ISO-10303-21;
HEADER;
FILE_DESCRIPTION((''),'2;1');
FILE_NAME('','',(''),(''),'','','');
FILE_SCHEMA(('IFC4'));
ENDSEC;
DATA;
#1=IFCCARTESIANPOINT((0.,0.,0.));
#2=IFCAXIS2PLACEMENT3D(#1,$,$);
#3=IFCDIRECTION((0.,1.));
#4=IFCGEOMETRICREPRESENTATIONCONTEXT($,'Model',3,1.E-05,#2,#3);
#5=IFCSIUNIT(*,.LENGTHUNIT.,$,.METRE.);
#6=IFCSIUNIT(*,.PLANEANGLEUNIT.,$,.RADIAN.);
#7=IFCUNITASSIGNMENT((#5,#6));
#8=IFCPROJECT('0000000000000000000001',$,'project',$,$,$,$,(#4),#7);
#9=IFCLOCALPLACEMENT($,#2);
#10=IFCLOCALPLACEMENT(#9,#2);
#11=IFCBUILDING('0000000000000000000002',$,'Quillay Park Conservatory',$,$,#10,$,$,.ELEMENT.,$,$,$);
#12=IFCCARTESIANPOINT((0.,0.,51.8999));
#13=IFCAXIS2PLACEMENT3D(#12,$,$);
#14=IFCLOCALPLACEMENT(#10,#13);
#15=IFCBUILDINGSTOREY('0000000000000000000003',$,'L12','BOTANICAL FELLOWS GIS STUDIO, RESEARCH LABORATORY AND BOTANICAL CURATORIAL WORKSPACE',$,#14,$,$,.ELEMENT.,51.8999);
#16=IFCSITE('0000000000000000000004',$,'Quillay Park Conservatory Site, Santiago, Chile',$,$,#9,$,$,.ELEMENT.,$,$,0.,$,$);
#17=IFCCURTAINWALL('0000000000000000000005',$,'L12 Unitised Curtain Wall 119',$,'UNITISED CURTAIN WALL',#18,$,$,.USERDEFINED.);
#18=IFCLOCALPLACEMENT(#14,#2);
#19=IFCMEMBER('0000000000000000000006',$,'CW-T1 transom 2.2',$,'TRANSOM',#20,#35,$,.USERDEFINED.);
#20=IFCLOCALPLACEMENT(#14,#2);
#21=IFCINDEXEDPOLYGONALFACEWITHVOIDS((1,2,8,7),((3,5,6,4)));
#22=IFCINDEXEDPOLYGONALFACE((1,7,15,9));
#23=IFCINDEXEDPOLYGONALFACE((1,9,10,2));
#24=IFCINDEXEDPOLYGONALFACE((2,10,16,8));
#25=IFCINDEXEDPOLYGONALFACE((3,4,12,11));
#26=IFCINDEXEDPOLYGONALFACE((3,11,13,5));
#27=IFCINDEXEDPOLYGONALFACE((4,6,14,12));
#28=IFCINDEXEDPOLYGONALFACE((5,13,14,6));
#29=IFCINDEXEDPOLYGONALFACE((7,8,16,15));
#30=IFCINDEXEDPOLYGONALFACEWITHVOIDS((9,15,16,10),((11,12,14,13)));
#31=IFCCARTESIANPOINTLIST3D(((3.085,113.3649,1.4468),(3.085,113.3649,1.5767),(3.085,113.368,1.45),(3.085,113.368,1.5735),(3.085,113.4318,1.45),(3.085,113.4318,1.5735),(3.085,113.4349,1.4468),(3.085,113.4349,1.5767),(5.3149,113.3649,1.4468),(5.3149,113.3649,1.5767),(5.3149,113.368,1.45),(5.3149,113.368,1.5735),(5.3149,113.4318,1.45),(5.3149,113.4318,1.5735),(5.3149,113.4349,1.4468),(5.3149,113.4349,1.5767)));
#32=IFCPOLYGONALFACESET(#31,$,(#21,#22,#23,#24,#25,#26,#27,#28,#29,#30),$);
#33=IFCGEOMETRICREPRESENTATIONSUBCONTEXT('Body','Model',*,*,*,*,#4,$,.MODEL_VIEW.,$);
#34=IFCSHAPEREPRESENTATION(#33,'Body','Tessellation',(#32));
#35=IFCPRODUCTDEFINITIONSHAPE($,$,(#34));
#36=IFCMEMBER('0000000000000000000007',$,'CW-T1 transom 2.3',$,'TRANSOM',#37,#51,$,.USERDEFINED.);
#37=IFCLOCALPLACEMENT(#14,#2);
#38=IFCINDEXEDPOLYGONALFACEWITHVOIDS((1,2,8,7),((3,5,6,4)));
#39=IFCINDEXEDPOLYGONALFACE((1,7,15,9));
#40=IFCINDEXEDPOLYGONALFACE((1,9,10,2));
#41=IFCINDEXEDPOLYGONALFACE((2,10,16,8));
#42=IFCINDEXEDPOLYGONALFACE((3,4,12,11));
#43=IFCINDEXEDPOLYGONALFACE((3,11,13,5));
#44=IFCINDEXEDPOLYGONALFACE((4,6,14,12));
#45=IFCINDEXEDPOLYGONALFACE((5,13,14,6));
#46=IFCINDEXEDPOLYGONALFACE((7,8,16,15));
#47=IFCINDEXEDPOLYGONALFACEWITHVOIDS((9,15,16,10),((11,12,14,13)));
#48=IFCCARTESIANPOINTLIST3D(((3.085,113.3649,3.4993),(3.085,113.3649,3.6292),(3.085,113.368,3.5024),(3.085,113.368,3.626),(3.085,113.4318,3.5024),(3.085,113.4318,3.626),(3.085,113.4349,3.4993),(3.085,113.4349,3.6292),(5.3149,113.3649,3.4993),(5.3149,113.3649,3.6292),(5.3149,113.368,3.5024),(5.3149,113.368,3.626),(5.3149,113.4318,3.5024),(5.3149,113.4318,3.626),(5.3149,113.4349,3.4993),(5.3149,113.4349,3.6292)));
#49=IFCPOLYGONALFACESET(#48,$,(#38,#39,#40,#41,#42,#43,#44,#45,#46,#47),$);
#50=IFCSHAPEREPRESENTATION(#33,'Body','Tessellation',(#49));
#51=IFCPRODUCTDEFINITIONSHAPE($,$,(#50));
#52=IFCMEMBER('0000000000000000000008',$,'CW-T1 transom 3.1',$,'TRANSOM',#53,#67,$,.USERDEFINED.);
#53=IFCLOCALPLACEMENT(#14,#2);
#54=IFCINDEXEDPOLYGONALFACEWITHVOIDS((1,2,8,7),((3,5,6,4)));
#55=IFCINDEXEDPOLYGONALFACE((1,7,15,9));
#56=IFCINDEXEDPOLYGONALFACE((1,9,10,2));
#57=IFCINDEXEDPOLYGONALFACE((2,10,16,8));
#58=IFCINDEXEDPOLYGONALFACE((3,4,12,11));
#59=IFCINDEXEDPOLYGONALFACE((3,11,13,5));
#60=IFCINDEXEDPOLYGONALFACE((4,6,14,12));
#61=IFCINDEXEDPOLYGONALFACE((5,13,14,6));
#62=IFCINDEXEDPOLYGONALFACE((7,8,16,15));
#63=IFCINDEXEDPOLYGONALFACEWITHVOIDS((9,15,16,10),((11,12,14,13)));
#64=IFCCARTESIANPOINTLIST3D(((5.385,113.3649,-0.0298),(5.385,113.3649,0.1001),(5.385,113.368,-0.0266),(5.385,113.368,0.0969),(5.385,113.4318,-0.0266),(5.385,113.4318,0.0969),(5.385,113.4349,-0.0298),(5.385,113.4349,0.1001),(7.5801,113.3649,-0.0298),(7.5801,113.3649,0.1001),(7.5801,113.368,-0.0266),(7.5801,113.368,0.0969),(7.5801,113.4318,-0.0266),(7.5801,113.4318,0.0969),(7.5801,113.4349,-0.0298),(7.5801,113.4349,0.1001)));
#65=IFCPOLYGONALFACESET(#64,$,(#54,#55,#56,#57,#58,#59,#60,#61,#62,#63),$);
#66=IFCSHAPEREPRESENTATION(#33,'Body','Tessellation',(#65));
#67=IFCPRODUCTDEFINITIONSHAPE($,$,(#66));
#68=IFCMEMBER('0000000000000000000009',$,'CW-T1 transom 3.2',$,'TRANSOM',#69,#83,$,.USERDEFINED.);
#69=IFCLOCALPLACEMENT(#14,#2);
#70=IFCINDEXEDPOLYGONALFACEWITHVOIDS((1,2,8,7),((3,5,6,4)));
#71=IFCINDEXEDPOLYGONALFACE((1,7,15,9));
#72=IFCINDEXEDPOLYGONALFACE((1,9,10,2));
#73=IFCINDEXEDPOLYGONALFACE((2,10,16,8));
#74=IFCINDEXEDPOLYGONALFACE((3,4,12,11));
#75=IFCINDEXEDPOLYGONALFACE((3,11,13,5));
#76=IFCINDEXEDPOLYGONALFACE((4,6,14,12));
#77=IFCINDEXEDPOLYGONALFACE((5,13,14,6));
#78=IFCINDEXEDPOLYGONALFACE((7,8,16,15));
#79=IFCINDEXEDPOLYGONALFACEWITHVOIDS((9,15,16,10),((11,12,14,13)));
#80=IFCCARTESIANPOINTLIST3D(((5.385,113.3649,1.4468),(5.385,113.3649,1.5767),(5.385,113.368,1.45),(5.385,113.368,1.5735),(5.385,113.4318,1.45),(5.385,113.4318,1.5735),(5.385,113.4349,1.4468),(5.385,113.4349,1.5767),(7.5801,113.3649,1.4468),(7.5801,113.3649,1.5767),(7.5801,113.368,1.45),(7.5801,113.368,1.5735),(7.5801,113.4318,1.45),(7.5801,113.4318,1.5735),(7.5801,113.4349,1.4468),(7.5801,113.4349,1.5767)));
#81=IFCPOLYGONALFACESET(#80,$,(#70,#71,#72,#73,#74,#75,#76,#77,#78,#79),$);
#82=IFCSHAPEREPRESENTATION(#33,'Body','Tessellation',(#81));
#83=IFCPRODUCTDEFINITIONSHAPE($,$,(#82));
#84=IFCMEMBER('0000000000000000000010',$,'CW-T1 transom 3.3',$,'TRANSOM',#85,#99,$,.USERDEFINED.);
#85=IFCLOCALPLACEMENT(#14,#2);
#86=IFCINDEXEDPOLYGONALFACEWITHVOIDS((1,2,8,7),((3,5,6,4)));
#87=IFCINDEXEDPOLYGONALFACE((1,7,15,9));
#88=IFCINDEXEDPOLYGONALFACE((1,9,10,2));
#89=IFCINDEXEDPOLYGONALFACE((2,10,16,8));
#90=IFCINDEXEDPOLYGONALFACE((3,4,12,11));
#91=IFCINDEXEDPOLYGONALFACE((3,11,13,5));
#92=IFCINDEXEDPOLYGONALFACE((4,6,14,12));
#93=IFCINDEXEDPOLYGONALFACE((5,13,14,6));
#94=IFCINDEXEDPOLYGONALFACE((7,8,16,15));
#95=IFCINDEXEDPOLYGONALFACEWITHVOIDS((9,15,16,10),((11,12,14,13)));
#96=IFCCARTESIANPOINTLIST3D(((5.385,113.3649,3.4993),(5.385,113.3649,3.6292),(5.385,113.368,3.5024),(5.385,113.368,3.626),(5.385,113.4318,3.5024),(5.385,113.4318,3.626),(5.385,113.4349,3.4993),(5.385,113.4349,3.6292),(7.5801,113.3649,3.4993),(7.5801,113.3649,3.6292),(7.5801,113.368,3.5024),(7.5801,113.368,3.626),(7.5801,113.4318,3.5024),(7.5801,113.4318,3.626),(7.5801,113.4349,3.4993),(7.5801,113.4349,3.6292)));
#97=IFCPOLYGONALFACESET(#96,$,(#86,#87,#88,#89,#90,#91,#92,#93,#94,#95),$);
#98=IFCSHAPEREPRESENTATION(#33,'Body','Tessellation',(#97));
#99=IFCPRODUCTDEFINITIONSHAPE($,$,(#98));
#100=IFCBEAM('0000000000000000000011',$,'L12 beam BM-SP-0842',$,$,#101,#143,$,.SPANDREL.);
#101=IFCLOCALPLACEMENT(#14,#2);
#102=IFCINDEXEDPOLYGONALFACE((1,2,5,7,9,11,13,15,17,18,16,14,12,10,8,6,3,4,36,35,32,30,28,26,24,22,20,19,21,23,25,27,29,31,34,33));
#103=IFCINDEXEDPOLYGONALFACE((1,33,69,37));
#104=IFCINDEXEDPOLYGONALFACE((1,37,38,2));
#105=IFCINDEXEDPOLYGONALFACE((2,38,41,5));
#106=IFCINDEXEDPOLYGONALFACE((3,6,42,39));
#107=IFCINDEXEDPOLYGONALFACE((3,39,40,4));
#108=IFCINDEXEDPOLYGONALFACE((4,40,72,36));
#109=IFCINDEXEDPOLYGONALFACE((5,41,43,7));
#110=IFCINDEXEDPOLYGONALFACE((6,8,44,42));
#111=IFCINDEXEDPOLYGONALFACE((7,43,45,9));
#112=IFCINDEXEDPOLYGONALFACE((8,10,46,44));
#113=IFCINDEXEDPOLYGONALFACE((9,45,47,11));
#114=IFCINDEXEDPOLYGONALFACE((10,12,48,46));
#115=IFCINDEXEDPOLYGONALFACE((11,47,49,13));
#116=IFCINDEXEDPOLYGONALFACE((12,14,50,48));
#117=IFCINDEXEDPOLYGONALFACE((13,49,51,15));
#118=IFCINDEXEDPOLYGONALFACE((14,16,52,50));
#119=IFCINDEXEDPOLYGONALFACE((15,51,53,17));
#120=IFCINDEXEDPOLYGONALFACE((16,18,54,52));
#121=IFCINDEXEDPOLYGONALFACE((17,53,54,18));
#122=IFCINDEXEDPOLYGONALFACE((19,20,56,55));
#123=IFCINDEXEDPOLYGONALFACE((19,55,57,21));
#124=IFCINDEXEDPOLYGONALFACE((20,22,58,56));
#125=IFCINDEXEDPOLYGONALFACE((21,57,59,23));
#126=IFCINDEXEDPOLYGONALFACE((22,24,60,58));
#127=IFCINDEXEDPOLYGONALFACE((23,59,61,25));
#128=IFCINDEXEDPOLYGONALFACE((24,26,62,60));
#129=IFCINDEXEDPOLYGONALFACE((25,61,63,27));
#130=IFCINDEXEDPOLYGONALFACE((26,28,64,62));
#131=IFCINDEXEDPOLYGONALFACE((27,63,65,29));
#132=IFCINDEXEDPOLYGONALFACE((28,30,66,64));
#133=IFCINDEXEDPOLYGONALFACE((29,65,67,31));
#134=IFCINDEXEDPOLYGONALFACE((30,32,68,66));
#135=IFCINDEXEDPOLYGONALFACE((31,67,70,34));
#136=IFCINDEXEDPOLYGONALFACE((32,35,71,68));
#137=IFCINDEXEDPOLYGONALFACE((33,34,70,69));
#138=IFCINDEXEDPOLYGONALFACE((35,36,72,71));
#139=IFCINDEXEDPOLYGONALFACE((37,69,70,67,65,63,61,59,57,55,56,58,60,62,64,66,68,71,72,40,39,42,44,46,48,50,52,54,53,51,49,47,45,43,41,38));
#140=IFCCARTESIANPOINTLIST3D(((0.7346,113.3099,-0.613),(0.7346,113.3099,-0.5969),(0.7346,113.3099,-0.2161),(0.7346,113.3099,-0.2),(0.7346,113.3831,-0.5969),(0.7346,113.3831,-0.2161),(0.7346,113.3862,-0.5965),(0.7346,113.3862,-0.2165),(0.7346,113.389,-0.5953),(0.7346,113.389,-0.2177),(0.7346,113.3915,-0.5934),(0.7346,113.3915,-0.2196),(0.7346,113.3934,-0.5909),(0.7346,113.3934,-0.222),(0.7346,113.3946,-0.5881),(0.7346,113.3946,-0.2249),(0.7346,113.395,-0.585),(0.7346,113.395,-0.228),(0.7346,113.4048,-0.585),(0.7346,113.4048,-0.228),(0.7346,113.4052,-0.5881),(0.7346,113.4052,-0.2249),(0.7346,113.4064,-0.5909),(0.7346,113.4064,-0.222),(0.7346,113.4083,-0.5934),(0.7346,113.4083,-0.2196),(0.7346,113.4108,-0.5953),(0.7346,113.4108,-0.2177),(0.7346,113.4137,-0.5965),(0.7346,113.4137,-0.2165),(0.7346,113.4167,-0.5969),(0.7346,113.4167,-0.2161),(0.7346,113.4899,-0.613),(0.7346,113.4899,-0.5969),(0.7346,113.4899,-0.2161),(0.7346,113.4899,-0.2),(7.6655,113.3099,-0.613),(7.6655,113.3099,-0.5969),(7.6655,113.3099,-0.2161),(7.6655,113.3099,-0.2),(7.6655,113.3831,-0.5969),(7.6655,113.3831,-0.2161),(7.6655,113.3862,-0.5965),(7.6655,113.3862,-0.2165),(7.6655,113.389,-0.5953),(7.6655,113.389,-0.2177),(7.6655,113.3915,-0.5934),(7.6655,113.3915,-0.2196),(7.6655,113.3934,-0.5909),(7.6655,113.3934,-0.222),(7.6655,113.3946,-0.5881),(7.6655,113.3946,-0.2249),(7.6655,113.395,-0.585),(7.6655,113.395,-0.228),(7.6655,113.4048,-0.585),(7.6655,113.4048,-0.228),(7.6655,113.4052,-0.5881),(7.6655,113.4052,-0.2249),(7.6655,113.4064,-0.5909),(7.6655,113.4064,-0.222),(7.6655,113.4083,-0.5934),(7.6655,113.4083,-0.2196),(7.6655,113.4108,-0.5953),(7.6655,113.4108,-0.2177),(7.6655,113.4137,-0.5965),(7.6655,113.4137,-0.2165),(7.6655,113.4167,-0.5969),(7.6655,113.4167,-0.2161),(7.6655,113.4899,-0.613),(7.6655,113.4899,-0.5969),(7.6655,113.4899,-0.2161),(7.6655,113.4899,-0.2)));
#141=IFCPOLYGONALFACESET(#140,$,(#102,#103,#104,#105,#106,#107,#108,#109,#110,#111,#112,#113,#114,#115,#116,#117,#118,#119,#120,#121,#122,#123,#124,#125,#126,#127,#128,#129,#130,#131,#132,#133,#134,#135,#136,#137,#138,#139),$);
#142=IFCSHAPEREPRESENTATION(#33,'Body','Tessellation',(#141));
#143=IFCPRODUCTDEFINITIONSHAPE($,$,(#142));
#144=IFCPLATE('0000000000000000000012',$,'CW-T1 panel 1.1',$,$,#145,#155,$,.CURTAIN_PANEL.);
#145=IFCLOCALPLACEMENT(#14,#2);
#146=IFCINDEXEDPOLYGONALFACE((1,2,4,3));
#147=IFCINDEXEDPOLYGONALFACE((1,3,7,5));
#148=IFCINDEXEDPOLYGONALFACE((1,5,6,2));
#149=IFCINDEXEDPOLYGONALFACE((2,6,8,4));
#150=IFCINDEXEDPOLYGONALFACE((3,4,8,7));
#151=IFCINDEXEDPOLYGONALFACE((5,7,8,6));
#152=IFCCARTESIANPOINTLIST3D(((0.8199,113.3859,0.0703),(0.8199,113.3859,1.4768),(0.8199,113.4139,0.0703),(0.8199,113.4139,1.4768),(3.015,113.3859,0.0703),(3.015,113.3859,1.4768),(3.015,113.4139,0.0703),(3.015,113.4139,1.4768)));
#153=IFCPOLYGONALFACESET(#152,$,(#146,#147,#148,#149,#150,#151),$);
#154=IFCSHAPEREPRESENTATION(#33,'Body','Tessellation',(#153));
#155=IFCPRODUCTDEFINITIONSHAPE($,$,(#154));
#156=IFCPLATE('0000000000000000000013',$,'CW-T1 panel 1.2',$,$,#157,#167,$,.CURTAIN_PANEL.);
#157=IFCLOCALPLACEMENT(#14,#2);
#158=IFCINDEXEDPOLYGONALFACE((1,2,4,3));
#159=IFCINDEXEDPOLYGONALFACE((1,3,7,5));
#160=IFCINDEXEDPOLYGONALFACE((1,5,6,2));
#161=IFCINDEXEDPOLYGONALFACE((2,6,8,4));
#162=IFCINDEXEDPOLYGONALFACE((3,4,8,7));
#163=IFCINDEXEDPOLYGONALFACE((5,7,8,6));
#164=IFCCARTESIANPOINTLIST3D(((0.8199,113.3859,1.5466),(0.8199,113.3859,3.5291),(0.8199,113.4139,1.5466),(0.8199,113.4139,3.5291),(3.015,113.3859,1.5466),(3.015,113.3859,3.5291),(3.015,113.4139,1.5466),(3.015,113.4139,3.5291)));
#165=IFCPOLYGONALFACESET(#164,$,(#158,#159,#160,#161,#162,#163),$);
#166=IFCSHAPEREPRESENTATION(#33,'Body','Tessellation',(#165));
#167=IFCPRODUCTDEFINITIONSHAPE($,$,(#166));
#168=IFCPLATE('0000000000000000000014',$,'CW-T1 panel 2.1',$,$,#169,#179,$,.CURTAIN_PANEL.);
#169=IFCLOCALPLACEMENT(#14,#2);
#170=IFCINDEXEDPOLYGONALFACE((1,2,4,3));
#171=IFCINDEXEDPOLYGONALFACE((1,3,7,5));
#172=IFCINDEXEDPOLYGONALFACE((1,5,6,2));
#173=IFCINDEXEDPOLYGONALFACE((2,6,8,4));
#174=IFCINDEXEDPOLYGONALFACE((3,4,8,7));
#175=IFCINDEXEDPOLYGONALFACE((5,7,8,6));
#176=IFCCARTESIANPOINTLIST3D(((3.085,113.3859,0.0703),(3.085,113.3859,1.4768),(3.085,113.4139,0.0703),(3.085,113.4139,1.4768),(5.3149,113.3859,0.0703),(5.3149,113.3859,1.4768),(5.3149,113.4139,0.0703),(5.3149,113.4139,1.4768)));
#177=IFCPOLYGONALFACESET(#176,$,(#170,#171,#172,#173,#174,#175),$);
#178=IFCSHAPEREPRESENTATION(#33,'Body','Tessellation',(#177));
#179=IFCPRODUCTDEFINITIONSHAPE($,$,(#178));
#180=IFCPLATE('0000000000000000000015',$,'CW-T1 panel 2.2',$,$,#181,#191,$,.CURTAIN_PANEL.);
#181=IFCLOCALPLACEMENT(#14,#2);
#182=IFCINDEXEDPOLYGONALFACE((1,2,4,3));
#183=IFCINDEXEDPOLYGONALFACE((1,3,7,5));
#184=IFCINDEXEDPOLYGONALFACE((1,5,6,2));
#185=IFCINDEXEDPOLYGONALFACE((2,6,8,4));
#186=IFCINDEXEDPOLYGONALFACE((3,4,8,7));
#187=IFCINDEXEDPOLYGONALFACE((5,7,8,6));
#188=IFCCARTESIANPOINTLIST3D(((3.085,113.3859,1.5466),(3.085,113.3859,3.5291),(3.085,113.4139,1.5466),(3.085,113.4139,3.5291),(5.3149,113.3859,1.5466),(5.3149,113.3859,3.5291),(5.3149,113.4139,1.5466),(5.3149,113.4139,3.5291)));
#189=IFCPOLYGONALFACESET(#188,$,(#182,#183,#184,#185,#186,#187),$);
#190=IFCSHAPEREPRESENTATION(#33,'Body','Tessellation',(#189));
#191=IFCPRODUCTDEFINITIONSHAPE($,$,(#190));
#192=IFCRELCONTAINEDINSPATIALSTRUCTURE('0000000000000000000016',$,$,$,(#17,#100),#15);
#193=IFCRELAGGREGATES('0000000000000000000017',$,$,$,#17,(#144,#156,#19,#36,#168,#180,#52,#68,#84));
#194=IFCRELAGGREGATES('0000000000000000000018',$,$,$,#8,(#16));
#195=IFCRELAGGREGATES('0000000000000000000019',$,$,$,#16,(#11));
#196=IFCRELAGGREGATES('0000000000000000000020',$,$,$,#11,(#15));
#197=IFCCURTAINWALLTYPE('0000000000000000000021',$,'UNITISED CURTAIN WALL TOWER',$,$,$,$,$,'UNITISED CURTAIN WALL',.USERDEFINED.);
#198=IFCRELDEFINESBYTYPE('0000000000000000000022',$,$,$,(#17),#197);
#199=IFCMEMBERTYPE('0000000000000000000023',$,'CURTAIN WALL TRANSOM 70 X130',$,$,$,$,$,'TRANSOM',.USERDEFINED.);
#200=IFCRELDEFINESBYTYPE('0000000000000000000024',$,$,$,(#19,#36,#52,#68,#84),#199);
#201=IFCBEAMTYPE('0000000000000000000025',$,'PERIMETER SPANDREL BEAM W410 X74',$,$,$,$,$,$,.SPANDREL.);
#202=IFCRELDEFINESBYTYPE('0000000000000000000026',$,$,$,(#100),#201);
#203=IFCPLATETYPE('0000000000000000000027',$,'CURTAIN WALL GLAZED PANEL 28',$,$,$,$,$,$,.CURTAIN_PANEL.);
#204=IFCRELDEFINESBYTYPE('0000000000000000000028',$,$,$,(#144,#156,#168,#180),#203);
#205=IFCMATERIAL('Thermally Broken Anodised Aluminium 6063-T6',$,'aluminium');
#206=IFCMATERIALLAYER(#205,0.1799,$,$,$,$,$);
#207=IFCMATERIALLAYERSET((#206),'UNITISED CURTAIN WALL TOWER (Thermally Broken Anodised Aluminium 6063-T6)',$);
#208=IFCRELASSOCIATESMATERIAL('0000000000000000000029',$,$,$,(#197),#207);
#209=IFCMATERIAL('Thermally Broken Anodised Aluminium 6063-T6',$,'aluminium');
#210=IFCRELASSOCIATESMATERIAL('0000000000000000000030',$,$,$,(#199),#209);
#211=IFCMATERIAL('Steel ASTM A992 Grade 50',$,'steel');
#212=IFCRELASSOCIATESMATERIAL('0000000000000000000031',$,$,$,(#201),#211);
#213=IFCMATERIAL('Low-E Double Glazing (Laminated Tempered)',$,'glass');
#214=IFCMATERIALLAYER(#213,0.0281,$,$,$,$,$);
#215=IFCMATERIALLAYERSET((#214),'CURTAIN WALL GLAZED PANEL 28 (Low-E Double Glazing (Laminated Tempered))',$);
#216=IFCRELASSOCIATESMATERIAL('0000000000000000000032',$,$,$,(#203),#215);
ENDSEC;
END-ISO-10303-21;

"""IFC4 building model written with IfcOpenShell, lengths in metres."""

from ifc_helpers import new_model, si_unit, direction, frame, origin, origin_2d, place, context, subcontext, project, spatial, rectangle, hollow_rectangle, i_section, extrude, material, layer, layer_set, material_profile, profile_set, type_object, element, aggregate, save


model = new_model("IFC4")

# Units and contexts
model_context = context("Model", 3, precision=1e-05, world=origin(), true_north=direction((0.0, 1.0)))
body_context = subcontext(model_context, "Body", "Model", "MODEL_VIEW")
ifc_project = project(units=[si_unit("LENGTHUNIT", "METRE"), si_unit("PLANEANGLEUNIT", "RADIAN")], contexts=[model_context])

# Site, building, storey
site_placement = place(None, origin())
site = spatial("IfcSite", under=ifc_project, at=site_placement, Name="Quillay Park Conservatory Site, Santiago, Chile", CompositionType="ELEMENT", RefElevation=0.0)
building_placement = place(site_placement, origin())
building = spatial("IfcBuilding", under=site, at=building_placement, Name="Quillay Park Conservatory", CompositionType="ELEMENT")
storey_placement = place(building_placement, frame((0.0, 0.0, 51.8999)))
storey = spatial("IfcBuildingStorey", under=building, at=storey_placement, Name="L12", Description="BOTANICAL FELLOWS GIS STUDIO, RESEARCH LABORATORY AND BOTANICAL CURATORIAL WORKSPACE", CompositionType="ELEMENT", Elevation=51.8999)

# Curtain wall, members
ifc_material_1 = material(Name="Thermally Broken Anodised Aluminium 6063-T6", Category="aluminium")
ifc_layer_1 = layer(ifc_material_1, 0.1799)
ifc_layer_set_1 = layer_set([ifc_layer_1], Name="UNITISED CURTAIN WALL TOWER (Thermally Broken Anodised Aluminium 6063-T6)")
curtain_wall_type = type_object("IfcCurtainWallType", Name="UNITISED CURTAIN WALL TOWER", ElementType="UNITISED CURTAIN WALL", PredefinedType="USERDEFINED", material=ifc_layer_set_1)
curtain_wall_placement = place(storey_placement, origin())
curtain_wall = element("IfcCurtainWall", 1, at=curtain_wall_placement, inside=storey, type_object=curtain_wall_type, Name="L12 Unitised Curtain Wall 119", ObjectType="UNITISED CURTAIN WALL", PredefinedType="USERDEFINED")
ifc_material_2 = material(Name="Thermally Broken Anodised Aluminium 6063-T6", Category="aluminium")
ifc_material_profile_1 = material_profile(ifc_material_2, hollow_rectangle(XDim=0.0701, YDim=0.1299, WallThickness=0.0032, at=origin_2d()), Name="AL70x130x3.2")
ifc_profile_set_1 = profile_set([ifc_material_profile_1], Name="Thermally Broken Anodised Aluminium 6063-T6")
member_type_1 = type_object("IfcMemberType", Name="CURTAIN WALL TRANSOM 70 X130", ElementType="TRANSOM", PredefinedType="USERDEFINED", material=ifc_profile_set_1)
member_1_placement = place(storey_placement, frame((3.085, 113.3999, 1.5117), z_axis=(1.0, 0.0, 0.0), x_axis=(0.0, 1.0, 0.0)))
member_1 = element("IfcMember", 2, at=member_1_placement, type_object=member_type_1, Name="CW-T1 transom 2.2", ObjectType="TRANSOM", PredefinedType="USERDEFINED", context=body_context, shape_type="SweptSolid", body=[
    extrude(hollow_rectangle(XDim=0.0701, YDim=0.1299, WallThickness=0.0032, at=origin_2d()), origin(), (0.0, 0.0, 1.0), 2.23),
])
member_2_placement = place(storey_placement, frame((3.085, 113.3999, 3.5642), z_axis=(1.0, 0.0, 0.0), x_axis=(0.0, 1.0, 0.0)))
member_2 = element("IfcMember", 3, at=member_2_placement, type_object=member_type_1, Name="CW-T1 transom 2.3", ObjectType="TRANSOM", PredefinedType="USERDEFINED", context=body_context, shape_type="SweptSolid", body=[
    extrude(hollow_rectangle(XDim=0.0701, YDim=0.1299, WallThickness=0.0032, at=origin_2d()), origin(), (0.0, 0.0, 1.0), 2.23),
])
member_3_placement = place(storey_placement, frame((5.385, 113.3999, 0.0352), z_axis=(1.0, 0.0, 0.0), x_axis=(0.0, 1.0, 0.0)))
member_3 = element("IfcMember", 4, at=member_3_placement, type_object=member_type_1, Name="CW-T1 transom 3.1", ObjectType="TRANSOM", PredefinedType="USERDEFINED", context=body_context, shape_type="SweptSolid", body=[
    extrude(hollow_rectangle(XDim=0.0701, YDim=0.1299, WallThickness=0.0032, at=origin_2d()), origin(), (0.0, 0.0, 1.0), 2.1951),
])
member_4_placement = place(storey_placement, frame((5.385, 113.3999, 1.5117), z_axis=(1.0, 0.0, 0.0), x_axis=(0.0, 1.0, 0.0)))
member_4 = element("IfcMember", 5, at=member_4_placement, type_object=member_type_1, Name="CW-T1 transom 3.2", ObjectType="TRANSOM", PredefinedType="USERDEFINED", context=body_context, shape_type="SweptSolid", body=[
    extrude(hollow_rectangle(XDim=0.0701, YDim=0.1299, WallThickness=0.0032, at=origin_2d()), origin(), (0.0, 0.0, 1.0), 2.1951),
])
member_5_placement = place(storey_placement, frame((5.385, 113.3999, 3.5642), z_axis=(1.0, 0.0, 0.0), x_axis=(0.0, 1.0, 0.0)))
member_5 = element("IfcMember", 6, at=member_5_placement, type_object=member_type_1, Name="CW-T1 transom 3.3", ObjectType="TRANSOM", PredefinedType="USERDEFINED", context=body_context, shape_type="SweptSolid", body=[
    extrude(hollow_rectangle(XDim=0.0701, YDim=0.1299, WallThickness=0.0032, at=origin_2d()), origin(), (0.0, 0.0, 1.0), 2.1951),
])

# Beam
ifc_material_3 = material(Name="Steel ASTM A992 Grade 50", Category="steel")
ifc_material_profile_2 = material_profile(ifc_material_3, i_section(OverallWidth=0.1799, OverallDepth=0.4131, WebThickness=0.0098, FlangeThickness=0.0161, FilletRadius=0.012, at=origin_2d()), Name="W410x74")
ifc_profile_set_2 = profile_set([ifc_material_profile_2], Name="Steel ASTM A992 Grade 50")
beam_type = type_object("IfcBeamType", Name="PERIMETER SPANDREL BEAM W410 X74", PredefinedType="SPANDREL", material=ifc_profile_set_2)
beam_placement = place(storey_placement, frame((0.7346, 113.3999, -0.4065), z_axis=(1.0, 0.0, 0.0), x_axis=(0.0, 1.0, 0.0)))
element("IfcBeam", 7, at=beam_placement, inside=storey, type_object=beam_type, Name="L12 beam BM-SP-0842", PredefinedType="SPANDREL", context=body_context, shape_type="SweptSolid", body=[
    extrude(i_section(OverallWidth=0.1799, OverallDepth=0.4131, WebThickness=0.0098, FlangeThickness=0.0161, FilletRadius=0.012, at=origin_2d()), origin(), (0.0, 0.0, 1.0), 6.9309),
])

# Plates
ifc_material_4 = material(Name="Low-E Double Glazing (Laminated Tempered)", Category="glass")
ifc_layer_2 = layer(ifc_material_4, 0.0281)
ifc_layer_set_2 = layer_set([ifc_layer_2], Name="CURTAIN WALL GLAZED PANEL 28 (Low-E Double Glazing (Laminated Tempered))")
plate_type = type_object("IfcPlateType", Name="CURTAIN WALL GLAZED PANEL 28", PredefinedType="CURTAIN_PANEL", material=ifc_layer_set_2)
plate_1_placement = place(storey_placement, frame((1.9175, 113.3999, 0.0703), z_axis=(0.0, 0.0, 1.0), x_axis=(1.0, 0.0, 0.0)))
plate_1 = element("IfcPlate", 8, at=plate_1_placement, type_object=plate_type, Name="CW-T1 panel 1.1", PredefinedType="CURTAIN_PANEL", context=body_context, shape_type="SweptSolid", body=[
    extrude(rectangle(XDim=2.1951, YDim=0.0281, at=origin_2d()), origin(), (0.0, 0.0, 1.0), 1.4065),
])
plate_2_placement = place(storey_placement, frame((1.9175, 113.3999, 1.5466), z_axis=(0.0, 0.0, 1.0), x_axis=(1.0, 0.0, 0.0)))
plate_2 = element("IfcPlate", 9, at=plate_2_placement, type_object=plate_type, Name="CW-T1 panel 1.2", PredefinedType="CURTAIN_PANEL", context=body_context, shape_type="SweptSolid", body=[
    extrude(rectangle(XDim=2.1951, YDim=0.0281, at=origin_2d()), origin(), (0.0, 0.0, 1.0), 1.9824),
])
plate_3_placement = place(storey_placement, frame((4.2, 113.3999, 0.0703), z_axis=(0.0, 0.0, 1.0), x_axis=(1.0, 0.0, 0.0)))
plate_3 = element("IfcPlate", 10, at=plate_3_placement, type_object=plate_type, Name="CW-T1 panel 2.1", PredefinedType="CURTAIN_PANEL", context=body_context, shape_type="SweptSolid", body=[
    extrude(rectangle(XDim=2.23, YDim=0.0281, at=origin_2d()), origin(), (0.0, 0.0, 1.0), 1.4065),
])
plate_4_placement = place(storey_placement, frame((4.2, 113.3999, 1.5466), z_axis=(0.0, 0.0, 1.0), x_axis=(1.0, 0.0, 0.0)))
plate_4 = element("IfcPlate", 11, at=plate_4_placement, type_object=plate_type, Name="CW-T1 panel 2.2", PredefinedType="CURTAIN_PANEL", context=body_context, shape_type="SweptSolid", body=[
    extrude(rectangle(XDim=2.23, YDim=0.0281, at=origin_2d()), origin(), (0.0, 0.0, 1.0), 1.9824),
])
aggregate(curtain_wall, [plate_1, plate_2, member_1, member_2, plate_3, plate_4, member_3, member_4, member_5])

save(model, "model.ifc")
